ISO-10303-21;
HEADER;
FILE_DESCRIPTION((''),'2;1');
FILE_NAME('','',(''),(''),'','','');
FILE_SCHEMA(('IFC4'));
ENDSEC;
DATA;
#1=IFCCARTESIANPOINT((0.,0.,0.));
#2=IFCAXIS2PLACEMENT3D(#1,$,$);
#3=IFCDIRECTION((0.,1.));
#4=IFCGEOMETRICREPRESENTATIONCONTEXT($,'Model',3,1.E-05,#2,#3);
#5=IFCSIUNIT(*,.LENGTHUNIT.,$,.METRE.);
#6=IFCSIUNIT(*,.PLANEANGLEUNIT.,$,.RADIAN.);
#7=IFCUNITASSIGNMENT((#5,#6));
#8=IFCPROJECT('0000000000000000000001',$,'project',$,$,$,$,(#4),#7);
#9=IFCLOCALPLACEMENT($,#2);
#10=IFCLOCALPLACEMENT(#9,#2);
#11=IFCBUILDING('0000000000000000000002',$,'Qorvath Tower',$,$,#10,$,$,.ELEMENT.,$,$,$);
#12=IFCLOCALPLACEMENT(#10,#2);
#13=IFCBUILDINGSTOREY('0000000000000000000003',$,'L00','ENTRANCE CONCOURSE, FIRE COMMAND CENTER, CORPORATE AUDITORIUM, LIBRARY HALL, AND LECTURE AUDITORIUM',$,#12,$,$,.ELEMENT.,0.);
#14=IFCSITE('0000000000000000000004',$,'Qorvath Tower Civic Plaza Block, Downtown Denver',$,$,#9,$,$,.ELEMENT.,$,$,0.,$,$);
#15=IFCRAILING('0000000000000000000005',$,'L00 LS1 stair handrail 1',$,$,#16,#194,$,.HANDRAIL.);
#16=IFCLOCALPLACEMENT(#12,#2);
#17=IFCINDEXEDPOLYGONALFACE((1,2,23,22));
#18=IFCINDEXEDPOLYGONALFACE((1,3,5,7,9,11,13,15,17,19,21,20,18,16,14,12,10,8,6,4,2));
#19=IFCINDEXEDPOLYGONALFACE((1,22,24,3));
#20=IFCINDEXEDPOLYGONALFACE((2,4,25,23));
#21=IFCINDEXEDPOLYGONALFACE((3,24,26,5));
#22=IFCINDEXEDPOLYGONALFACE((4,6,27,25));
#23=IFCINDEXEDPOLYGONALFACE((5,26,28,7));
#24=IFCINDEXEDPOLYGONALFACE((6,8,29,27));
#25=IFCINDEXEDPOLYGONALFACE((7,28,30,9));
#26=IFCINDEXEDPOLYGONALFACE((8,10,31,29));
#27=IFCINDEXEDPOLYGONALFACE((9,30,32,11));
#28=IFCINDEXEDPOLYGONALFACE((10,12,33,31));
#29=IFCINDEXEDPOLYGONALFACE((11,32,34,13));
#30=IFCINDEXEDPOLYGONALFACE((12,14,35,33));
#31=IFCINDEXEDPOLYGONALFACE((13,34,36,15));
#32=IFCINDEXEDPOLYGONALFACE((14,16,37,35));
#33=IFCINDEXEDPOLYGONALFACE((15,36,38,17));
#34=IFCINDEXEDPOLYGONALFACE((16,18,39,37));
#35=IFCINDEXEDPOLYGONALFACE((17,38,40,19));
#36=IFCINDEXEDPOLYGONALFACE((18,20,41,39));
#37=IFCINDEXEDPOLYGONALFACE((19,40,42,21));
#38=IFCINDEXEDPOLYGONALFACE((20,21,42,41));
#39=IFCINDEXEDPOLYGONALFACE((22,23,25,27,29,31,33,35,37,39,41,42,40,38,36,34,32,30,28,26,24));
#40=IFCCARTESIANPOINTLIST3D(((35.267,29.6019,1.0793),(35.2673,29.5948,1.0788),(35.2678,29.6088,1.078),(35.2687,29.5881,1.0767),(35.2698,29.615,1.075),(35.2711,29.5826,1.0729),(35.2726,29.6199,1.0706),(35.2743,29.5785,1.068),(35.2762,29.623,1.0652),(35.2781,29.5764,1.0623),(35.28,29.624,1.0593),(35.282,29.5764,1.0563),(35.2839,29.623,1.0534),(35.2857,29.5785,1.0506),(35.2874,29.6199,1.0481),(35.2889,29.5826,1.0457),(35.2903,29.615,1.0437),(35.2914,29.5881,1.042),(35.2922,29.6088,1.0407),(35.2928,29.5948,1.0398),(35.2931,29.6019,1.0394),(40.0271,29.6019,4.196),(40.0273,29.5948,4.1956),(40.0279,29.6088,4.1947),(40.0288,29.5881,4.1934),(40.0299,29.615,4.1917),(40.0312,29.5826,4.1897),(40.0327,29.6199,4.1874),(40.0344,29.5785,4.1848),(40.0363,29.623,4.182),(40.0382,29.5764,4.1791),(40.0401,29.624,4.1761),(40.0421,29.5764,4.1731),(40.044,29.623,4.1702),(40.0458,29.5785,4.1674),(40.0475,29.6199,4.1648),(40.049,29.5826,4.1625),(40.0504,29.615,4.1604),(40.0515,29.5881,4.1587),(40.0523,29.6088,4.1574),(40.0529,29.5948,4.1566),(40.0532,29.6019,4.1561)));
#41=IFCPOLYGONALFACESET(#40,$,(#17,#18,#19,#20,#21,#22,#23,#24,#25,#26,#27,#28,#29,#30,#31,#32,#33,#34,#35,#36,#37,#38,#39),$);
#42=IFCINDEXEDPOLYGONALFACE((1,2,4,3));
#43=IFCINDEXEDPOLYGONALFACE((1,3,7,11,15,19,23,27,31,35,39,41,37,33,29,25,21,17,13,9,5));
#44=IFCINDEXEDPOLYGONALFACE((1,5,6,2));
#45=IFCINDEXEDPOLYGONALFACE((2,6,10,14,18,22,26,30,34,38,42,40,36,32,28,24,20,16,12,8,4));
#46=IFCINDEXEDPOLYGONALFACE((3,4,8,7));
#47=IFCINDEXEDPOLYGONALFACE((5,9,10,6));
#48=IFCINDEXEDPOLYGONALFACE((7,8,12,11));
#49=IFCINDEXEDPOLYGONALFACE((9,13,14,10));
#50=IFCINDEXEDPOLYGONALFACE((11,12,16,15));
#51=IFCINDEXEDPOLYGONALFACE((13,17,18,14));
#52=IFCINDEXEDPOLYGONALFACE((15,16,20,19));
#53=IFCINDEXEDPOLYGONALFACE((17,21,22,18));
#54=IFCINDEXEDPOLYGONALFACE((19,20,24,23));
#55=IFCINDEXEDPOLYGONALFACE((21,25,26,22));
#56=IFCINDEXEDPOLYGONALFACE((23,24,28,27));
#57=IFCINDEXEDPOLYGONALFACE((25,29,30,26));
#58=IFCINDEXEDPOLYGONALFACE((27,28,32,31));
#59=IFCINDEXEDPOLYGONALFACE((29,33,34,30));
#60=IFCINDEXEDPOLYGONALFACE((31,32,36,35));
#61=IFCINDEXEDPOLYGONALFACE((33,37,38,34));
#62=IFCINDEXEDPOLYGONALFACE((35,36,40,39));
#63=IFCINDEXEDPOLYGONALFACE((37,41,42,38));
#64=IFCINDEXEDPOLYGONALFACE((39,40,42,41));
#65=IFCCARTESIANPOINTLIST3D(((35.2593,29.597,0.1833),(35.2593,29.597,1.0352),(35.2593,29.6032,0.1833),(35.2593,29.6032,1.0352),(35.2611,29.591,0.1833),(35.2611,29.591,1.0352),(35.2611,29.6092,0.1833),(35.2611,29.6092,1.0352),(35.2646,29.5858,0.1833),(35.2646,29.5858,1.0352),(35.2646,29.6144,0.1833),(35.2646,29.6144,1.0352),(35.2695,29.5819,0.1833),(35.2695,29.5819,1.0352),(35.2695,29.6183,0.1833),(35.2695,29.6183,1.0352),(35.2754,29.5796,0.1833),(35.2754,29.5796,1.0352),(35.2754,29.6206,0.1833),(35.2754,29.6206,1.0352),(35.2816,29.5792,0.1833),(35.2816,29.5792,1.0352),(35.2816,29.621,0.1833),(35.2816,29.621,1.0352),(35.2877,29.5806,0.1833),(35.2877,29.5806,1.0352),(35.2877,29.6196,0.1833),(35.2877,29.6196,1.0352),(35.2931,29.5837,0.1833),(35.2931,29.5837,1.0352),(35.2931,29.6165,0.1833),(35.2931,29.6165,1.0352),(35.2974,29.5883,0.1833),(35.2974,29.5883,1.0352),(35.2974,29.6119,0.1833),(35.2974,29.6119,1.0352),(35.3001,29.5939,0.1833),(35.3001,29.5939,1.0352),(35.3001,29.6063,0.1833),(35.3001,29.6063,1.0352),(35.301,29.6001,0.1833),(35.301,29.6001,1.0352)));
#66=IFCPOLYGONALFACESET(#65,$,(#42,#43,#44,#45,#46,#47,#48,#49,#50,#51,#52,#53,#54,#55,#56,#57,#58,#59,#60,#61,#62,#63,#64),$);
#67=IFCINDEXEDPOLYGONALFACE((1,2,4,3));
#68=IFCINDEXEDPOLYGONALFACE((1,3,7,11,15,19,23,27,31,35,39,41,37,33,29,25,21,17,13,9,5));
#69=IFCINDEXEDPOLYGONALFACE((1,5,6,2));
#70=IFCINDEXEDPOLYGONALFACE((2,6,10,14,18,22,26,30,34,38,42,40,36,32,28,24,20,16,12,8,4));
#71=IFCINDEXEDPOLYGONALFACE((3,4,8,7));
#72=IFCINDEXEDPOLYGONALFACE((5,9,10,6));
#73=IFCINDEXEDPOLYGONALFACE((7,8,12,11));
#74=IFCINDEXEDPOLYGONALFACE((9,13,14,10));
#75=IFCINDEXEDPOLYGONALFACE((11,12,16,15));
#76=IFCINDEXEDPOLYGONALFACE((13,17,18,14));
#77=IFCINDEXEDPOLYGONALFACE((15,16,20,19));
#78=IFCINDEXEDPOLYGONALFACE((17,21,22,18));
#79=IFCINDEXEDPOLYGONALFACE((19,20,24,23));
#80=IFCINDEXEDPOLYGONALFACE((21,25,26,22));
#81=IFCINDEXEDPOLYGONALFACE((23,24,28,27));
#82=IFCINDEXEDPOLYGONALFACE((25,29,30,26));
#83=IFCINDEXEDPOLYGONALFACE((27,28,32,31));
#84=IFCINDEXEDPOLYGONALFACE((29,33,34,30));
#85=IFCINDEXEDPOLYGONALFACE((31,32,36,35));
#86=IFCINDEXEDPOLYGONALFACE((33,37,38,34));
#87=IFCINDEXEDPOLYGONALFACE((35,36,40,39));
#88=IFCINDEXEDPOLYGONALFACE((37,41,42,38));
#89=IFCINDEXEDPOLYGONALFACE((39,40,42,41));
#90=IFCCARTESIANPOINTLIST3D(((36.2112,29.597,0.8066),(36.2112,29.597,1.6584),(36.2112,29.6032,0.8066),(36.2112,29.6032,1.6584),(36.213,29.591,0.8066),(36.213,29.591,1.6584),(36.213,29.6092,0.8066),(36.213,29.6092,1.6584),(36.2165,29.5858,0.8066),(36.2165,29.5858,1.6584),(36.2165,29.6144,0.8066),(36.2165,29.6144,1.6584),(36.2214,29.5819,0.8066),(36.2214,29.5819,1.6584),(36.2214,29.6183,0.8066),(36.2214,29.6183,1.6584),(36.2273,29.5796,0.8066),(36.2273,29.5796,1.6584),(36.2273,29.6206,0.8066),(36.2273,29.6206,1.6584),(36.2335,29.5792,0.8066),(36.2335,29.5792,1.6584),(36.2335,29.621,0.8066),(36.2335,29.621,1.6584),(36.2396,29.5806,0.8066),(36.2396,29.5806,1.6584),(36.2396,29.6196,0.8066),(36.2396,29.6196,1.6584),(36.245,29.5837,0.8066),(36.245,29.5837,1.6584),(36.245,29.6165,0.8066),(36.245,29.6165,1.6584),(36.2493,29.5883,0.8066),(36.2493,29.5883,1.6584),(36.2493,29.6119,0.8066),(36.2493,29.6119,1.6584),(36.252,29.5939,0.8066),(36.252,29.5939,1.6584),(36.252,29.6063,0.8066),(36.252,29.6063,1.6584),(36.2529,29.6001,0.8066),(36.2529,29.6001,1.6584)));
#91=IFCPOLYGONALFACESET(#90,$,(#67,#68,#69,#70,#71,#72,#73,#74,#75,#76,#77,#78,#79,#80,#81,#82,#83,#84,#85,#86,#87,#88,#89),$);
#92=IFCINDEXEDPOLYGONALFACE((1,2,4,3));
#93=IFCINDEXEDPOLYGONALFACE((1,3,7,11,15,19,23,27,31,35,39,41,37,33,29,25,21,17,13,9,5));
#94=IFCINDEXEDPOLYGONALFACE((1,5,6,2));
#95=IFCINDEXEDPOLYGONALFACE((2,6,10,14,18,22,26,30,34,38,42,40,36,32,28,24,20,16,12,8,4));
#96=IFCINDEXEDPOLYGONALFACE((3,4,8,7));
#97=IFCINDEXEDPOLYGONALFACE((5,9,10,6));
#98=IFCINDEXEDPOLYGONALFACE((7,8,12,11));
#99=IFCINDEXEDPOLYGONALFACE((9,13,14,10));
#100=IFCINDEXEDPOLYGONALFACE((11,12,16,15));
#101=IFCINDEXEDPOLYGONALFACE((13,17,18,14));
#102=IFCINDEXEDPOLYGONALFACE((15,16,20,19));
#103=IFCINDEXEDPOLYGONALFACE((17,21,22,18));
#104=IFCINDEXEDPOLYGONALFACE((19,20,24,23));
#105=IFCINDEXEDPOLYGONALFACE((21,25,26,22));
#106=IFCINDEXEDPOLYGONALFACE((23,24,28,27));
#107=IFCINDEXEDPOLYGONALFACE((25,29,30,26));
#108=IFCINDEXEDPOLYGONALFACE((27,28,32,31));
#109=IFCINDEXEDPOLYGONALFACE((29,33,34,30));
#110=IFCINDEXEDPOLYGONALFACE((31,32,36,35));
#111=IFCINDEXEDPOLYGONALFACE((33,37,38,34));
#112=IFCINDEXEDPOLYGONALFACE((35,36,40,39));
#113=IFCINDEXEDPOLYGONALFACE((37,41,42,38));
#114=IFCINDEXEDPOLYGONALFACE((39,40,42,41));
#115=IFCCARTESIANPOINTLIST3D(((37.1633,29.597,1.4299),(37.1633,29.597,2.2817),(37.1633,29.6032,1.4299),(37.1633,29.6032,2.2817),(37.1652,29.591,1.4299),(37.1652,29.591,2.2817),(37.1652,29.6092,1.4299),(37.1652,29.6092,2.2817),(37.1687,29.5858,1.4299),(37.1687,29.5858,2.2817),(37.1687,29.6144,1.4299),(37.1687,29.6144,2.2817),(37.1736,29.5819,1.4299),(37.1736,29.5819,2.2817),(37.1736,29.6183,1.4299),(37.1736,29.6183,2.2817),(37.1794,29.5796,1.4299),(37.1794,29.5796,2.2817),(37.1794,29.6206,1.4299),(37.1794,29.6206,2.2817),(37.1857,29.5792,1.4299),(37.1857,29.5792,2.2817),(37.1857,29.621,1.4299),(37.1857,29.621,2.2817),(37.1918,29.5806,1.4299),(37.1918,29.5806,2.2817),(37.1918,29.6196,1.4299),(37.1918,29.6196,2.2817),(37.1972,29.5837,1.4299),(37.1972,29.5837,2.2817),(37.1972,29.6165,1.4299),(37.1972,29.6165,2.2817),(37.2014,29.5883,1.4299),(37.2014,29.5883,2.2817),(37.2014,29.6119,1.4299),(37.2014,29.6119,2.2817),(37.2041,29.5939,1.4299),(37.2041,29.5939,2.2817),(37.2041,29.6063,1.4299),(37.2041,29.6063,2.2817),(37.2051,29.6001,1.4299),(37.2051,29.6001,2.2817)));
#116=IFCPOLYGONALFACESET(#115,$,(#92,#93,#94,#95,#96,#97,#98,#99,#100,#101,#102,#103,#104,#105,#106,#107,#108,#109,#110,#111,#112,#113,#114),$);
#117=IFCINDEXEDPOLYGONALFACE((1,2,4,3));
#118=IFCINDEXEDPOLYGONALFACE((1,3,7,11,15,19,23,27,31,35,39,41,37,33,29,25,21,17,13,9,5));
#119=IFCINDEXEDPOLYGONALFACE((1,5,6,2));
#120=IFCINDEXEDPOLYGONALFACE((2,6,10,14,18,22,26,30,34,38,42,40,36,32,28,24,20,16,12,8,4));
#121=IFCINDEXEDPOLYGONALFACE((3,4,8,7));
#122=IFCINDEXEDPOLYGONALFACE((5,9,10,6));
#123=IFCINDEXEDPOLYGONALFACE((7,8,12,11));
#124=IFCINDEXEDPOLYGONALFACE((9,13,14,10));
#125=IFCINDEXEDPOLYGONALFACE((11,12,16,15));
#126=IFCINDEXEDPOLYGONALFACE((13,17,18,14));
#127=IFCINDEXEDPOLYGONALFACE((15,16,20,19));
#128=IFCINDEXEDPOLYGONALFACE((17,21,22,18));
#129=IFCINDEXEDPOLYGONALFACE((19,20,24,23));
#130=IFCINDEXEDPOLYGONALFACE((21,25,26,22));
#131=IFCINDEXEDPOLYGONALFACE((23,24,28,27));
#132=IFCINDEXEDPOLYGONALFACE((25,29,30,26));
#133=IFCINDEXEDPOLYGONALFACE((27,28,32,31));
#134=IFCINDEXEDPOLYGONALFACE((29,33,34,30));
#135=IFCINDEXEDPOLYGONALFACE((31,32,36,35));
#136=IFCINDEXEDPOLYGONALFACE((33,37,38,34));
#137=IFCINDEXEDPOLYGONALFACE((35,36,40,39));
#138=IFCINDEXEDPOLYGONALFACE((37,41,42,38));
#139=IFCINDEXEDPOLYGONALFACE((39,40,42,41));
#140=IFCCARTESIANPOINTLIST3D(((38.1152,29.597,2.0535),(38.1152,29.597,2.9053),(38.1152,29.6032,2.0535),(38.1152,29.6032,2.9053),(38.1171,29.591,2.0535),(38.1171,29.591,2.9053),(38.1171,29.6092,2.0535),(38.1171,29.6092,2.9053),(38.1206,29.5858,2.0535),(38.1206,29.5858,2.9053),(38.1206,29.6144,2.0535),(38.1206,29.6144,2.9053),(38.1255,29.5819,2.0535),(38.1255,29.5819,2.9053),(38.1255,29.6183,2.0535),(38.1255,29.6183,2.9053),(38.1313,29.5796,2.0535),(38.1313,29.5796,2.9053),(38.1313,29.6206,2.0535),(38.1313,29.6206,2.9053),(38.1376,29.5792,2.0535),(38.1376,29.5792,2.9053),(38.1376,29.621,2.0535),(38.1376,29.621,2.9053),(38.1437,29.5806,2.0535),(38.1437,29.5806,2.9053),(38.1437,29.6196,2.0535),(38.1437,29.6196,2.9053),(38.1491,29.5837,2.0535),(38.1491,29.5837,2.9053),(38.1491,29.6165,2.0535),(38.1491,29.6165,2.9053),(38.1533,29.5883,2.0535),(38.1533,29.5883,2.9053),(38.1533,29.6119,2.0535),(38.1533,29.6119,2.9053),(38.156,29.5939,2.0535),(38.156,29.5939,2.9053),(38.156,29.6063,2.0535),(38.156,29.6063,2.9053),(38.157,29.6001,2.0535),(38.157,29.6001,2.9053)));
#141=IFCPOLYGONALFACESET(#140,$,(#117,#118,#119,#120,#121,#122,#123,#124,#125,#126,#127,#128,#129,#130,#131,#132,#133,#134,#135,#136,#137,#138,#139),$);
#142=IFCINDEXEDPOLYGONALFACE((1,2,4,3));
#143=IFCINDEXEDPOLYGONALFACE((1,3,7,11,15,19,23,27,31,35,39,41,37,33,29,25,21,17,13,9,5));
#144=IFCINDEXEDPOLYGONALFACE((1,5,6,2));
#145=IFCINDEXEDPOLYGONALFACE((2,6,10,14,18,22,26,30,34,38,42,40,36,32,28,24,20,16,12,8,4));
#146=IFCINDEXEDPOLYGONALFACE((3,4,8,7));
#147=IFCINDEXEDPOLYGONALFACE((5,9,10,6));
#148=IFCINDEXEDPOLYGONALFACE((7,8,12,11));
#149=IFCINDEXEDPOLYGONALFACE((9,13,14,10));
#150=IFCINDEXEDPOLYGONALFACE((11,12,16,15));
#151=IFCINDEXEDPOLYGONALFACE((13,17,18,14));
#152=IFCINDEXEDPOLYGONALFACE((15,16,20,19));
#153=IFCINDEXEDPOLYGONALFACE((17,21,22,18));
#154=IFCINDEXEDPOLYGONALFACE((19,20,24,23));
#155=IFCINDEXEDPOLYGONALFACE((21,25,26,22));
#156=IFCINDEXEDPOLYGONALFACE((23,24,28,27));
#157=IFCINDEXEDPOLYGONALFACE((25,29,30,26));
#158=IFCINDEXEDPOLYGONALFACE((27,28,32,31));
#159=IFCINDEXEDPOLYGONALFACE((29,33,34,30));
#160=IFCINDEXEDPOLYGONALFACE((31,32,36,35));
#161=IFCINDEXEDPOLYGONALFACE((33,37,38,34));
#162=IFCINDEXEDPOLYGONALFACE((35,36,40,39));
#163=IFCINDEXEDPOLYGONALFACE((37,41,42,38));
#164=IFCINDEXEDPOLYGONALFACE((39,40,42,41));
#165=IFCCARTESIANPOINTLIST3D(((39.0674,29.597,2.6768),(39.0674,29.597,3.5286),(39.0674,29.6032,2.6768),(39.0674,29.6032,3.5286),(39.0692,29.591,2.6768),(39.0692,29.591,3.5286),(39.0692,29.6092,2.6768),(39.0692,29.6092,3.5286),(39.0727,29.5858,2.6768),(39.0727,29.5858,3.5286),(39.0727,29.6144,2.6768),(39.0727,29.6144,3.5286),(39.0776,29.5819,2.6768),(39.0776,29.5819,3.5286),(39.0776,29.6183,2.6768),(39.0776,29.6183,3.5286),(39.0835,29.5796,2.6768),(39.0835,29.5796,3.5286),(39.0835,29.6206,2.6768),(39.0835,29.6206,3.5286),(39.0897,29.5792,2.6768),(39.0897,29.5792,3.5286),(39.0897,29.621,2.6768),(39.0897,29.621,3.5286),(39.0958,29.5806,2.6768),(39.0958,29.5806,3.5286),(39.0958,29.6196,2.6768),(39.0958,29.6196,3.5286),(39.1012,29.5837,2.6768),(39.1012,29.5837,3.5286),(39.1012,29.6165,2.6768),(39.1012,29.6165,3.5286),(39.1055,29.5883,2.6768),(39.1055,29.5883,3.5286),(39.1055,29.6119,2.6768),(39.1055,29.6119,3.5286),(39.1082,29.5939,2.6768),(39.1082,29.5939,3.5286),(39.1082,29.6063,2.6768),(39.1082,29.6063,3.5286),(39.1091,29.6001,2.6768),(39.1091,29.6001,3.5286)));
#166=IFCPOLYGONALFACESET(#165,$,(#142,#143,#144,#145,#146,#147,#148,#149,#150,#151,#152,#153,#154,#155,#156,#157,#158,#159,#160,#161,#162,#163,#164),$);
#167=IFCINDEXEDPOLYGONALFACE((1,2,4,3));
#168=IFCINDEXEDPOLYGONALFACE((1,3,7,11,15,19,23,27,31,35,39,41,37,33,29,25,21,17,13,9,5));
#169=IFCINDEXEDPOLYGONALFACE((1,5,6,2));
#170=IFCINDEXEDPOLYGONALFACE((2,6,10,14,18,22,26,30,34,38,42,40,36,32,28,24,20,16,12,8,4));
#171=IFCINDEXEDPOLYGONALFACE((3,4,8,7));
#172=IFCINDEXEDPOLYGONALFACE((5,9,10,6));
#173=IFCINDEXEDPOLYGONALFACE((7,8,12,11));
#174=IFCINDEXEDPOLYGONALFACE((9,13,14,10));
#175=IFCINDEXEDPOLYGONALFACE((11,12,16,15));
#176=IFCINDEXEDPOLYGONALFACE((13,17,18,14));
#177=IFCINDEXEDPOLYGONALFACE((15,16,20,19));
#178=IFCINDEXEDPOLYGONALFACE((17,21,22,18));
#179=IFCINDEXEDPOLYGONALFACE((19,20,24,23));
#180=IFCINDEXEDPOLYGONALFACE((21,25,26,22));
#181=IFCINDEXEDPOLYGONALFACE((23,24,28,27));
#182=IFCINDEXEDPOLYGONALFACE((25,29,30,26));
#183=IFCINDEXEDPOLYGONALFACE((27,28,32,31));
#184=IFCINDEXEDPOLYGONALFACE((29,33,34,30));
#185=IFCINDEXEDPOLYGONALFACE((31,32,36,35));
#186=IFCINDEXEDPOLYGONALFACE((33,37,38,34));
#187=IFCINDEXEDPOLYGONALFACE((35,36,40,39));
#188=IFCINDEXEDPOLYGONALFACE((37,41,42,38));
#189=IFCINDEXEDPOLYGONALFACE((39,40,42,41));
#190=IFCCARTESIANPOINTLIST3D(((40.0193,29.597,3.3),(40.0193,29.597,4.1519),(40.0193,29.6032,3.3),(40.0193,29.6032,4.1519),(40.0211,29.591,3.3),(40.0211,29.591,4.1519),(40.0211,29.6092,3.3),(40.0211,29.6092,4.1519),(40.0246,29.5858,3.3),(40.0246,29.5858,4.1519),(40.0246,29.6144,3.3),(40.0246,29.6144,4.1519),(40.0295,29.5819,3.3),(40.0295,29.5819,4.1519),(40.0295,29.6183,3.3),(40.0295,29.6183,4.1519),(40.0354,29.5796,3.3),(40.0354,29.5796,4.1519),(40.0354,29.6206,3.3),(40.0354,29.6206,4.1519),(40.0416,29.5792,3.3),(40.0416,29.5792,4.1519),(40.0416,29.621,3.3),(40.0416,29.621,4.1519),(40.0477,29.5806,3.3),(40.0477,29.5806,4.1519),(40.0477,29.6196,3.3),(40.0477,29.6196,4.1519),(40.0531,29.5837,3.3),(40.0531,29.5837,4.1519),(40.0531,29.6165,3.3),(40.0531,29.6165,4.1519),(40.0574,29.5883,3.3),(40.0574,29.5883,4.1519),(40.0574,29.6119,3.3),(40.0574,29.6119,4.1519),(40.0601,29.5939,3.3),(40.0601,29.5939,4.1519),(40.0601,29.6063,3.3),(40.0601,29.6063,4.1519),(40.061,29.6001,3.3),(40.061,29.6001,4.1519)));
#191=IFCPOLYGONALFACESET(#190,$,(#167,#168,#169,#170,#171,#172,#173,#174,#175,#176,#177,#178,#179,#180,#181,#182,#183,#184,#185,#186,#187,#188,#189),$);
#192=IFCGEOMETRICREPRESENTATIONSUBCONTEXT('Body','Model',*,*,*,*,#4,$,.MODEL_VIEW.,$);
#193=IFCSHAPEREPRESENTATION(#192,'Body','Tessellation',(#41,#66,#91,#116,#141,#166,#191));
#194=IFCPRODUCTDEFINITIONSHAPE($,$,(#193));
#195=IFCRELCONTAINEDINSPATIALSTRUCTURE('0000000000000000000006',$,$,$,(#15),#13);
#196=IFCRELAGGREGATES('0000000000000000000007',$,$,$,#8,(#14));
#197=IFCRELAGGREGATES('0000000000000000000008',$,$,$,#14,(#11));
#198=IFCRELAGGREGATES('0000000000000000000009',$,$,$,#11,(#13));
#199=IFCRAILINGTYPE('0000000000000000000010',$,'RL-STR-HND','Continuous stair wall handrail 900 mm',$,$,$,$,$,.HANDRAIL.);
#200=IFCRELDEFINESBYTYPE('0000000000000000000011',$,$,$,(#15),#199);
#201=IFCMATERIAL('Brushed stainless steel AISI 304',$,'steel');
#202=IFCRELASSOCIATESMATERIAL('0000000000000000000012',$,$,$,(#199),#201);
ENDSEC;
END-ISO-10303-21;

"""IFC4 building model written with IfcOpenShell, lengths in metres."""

from ifc_helpers import new_model, si_unit, direction, frame, origin, origin_2d, place, context, subcontext, project, spatial, circle, extrude, material, type_object, element, save


model = new_model("IFC4")

# Units and contexts
model_context = context("Model", 3, precision=1e-05, world=origin(), true_north=direction((0.0, 1.0)))
body_context = subcontext(model_context, "Body", "Model", "MODEL_VIEW")
ifc_project = project(units=[si_unit("LENGTHUNIT", "METRE"), si_unit("PLANEANGLEUNIT", "RADIAN")], contexts=[model_context])

# Site, building, storey
site_placement = place(None, origin())
site = spatial("IfcSite", under=ifc_project, at=site_placement, Name="Qorvath Tower Civic Plaza Block, Downtown Denver", CompositionType="ELEMENT", RefElevation=0.0)
building_placement = place(site_placement, origin())
building = spatial("IfcBuilding", under=site, at=building_placement, Name="Qorvath Tower", CompositionType="ELEMENT")
storey_placement = place(building_placement, origin())
storey = spatial("IfcBuildingStorey", under=building, at=storey_placement, Name="L00", Description="ENTRANCE CONCOURSE, FIRE COMMAND CENTER, CORPORATE AUDITORIUM, LIBRARY HALL, AND LECTURE AUDITORIUM", CompositionType="ELEMENT", Elevation=0.0)

# Railing
ifc_material_1 = material(Name="Brushed stainless steel AISI 304", Category="steel")
railing_type_1 = type_object("IfcRailingType", Name="RL-STR-HND", Description="Continuous stair wall handrail 900 mm", PredefinedType="HANDRAIL", material=ifc_material_1)
railing_1_placement = place(storey_placement, frame((35.28, 29.6001, 0.1833)))
element("IfcRailing", 1, at=railing_1_placement, inside=storey, type_object=railing_type_1, Name="L00 LS1 stair handrail 1", PredefinedType="HANDRAIL", context=body_context, shape_type="SweptSolid", body=[
    extrude(circle(Radius=0.0239, at=origin_2d()), frame((0.0, 0.0, 0.876), z_axis=(0.836616, 0.0, 0.547789), x_axis=(0.0, 1.0, 0.0)), (0.0, 0.0, 1.0), 5.6897),
    extrude(circle(Radius=0.021, at=origin_2d()), origin(), (0.0, 0.0, 1.0), 0.8518),
    extrude(circle(Radius=0.021, at=origin_2d()), frame((0.9519, 0.0, 0.6233)), (0.0, 0.0, 1.0), 0.8518),
    extrude(circle(Radius=0.021, at=origin_2d()), frame((1.9041, 0.0, 1.2466)), (0.0, 0.0, 1.0), 0.8518),
    extrude(circle(Radius=0.021, at=origin_2d()), frame((2.856, 0.0, 1.8701)), (0.0, 0.0, 1.0), 0.8518),
    extrude(circle(Radius=0.021, at=origin_2d()), frame((3.8081, 0.0, 2.4934)), (0.0, 0.0, 1.0), 0.8518),
    extrude(circle(Radius=0.021, at=origin_2d()), frame((4.76, 0.0, 3.1167)), (0.0, 0.0, 1.0), 0.8518),
])

save(model, "model.ifc")
